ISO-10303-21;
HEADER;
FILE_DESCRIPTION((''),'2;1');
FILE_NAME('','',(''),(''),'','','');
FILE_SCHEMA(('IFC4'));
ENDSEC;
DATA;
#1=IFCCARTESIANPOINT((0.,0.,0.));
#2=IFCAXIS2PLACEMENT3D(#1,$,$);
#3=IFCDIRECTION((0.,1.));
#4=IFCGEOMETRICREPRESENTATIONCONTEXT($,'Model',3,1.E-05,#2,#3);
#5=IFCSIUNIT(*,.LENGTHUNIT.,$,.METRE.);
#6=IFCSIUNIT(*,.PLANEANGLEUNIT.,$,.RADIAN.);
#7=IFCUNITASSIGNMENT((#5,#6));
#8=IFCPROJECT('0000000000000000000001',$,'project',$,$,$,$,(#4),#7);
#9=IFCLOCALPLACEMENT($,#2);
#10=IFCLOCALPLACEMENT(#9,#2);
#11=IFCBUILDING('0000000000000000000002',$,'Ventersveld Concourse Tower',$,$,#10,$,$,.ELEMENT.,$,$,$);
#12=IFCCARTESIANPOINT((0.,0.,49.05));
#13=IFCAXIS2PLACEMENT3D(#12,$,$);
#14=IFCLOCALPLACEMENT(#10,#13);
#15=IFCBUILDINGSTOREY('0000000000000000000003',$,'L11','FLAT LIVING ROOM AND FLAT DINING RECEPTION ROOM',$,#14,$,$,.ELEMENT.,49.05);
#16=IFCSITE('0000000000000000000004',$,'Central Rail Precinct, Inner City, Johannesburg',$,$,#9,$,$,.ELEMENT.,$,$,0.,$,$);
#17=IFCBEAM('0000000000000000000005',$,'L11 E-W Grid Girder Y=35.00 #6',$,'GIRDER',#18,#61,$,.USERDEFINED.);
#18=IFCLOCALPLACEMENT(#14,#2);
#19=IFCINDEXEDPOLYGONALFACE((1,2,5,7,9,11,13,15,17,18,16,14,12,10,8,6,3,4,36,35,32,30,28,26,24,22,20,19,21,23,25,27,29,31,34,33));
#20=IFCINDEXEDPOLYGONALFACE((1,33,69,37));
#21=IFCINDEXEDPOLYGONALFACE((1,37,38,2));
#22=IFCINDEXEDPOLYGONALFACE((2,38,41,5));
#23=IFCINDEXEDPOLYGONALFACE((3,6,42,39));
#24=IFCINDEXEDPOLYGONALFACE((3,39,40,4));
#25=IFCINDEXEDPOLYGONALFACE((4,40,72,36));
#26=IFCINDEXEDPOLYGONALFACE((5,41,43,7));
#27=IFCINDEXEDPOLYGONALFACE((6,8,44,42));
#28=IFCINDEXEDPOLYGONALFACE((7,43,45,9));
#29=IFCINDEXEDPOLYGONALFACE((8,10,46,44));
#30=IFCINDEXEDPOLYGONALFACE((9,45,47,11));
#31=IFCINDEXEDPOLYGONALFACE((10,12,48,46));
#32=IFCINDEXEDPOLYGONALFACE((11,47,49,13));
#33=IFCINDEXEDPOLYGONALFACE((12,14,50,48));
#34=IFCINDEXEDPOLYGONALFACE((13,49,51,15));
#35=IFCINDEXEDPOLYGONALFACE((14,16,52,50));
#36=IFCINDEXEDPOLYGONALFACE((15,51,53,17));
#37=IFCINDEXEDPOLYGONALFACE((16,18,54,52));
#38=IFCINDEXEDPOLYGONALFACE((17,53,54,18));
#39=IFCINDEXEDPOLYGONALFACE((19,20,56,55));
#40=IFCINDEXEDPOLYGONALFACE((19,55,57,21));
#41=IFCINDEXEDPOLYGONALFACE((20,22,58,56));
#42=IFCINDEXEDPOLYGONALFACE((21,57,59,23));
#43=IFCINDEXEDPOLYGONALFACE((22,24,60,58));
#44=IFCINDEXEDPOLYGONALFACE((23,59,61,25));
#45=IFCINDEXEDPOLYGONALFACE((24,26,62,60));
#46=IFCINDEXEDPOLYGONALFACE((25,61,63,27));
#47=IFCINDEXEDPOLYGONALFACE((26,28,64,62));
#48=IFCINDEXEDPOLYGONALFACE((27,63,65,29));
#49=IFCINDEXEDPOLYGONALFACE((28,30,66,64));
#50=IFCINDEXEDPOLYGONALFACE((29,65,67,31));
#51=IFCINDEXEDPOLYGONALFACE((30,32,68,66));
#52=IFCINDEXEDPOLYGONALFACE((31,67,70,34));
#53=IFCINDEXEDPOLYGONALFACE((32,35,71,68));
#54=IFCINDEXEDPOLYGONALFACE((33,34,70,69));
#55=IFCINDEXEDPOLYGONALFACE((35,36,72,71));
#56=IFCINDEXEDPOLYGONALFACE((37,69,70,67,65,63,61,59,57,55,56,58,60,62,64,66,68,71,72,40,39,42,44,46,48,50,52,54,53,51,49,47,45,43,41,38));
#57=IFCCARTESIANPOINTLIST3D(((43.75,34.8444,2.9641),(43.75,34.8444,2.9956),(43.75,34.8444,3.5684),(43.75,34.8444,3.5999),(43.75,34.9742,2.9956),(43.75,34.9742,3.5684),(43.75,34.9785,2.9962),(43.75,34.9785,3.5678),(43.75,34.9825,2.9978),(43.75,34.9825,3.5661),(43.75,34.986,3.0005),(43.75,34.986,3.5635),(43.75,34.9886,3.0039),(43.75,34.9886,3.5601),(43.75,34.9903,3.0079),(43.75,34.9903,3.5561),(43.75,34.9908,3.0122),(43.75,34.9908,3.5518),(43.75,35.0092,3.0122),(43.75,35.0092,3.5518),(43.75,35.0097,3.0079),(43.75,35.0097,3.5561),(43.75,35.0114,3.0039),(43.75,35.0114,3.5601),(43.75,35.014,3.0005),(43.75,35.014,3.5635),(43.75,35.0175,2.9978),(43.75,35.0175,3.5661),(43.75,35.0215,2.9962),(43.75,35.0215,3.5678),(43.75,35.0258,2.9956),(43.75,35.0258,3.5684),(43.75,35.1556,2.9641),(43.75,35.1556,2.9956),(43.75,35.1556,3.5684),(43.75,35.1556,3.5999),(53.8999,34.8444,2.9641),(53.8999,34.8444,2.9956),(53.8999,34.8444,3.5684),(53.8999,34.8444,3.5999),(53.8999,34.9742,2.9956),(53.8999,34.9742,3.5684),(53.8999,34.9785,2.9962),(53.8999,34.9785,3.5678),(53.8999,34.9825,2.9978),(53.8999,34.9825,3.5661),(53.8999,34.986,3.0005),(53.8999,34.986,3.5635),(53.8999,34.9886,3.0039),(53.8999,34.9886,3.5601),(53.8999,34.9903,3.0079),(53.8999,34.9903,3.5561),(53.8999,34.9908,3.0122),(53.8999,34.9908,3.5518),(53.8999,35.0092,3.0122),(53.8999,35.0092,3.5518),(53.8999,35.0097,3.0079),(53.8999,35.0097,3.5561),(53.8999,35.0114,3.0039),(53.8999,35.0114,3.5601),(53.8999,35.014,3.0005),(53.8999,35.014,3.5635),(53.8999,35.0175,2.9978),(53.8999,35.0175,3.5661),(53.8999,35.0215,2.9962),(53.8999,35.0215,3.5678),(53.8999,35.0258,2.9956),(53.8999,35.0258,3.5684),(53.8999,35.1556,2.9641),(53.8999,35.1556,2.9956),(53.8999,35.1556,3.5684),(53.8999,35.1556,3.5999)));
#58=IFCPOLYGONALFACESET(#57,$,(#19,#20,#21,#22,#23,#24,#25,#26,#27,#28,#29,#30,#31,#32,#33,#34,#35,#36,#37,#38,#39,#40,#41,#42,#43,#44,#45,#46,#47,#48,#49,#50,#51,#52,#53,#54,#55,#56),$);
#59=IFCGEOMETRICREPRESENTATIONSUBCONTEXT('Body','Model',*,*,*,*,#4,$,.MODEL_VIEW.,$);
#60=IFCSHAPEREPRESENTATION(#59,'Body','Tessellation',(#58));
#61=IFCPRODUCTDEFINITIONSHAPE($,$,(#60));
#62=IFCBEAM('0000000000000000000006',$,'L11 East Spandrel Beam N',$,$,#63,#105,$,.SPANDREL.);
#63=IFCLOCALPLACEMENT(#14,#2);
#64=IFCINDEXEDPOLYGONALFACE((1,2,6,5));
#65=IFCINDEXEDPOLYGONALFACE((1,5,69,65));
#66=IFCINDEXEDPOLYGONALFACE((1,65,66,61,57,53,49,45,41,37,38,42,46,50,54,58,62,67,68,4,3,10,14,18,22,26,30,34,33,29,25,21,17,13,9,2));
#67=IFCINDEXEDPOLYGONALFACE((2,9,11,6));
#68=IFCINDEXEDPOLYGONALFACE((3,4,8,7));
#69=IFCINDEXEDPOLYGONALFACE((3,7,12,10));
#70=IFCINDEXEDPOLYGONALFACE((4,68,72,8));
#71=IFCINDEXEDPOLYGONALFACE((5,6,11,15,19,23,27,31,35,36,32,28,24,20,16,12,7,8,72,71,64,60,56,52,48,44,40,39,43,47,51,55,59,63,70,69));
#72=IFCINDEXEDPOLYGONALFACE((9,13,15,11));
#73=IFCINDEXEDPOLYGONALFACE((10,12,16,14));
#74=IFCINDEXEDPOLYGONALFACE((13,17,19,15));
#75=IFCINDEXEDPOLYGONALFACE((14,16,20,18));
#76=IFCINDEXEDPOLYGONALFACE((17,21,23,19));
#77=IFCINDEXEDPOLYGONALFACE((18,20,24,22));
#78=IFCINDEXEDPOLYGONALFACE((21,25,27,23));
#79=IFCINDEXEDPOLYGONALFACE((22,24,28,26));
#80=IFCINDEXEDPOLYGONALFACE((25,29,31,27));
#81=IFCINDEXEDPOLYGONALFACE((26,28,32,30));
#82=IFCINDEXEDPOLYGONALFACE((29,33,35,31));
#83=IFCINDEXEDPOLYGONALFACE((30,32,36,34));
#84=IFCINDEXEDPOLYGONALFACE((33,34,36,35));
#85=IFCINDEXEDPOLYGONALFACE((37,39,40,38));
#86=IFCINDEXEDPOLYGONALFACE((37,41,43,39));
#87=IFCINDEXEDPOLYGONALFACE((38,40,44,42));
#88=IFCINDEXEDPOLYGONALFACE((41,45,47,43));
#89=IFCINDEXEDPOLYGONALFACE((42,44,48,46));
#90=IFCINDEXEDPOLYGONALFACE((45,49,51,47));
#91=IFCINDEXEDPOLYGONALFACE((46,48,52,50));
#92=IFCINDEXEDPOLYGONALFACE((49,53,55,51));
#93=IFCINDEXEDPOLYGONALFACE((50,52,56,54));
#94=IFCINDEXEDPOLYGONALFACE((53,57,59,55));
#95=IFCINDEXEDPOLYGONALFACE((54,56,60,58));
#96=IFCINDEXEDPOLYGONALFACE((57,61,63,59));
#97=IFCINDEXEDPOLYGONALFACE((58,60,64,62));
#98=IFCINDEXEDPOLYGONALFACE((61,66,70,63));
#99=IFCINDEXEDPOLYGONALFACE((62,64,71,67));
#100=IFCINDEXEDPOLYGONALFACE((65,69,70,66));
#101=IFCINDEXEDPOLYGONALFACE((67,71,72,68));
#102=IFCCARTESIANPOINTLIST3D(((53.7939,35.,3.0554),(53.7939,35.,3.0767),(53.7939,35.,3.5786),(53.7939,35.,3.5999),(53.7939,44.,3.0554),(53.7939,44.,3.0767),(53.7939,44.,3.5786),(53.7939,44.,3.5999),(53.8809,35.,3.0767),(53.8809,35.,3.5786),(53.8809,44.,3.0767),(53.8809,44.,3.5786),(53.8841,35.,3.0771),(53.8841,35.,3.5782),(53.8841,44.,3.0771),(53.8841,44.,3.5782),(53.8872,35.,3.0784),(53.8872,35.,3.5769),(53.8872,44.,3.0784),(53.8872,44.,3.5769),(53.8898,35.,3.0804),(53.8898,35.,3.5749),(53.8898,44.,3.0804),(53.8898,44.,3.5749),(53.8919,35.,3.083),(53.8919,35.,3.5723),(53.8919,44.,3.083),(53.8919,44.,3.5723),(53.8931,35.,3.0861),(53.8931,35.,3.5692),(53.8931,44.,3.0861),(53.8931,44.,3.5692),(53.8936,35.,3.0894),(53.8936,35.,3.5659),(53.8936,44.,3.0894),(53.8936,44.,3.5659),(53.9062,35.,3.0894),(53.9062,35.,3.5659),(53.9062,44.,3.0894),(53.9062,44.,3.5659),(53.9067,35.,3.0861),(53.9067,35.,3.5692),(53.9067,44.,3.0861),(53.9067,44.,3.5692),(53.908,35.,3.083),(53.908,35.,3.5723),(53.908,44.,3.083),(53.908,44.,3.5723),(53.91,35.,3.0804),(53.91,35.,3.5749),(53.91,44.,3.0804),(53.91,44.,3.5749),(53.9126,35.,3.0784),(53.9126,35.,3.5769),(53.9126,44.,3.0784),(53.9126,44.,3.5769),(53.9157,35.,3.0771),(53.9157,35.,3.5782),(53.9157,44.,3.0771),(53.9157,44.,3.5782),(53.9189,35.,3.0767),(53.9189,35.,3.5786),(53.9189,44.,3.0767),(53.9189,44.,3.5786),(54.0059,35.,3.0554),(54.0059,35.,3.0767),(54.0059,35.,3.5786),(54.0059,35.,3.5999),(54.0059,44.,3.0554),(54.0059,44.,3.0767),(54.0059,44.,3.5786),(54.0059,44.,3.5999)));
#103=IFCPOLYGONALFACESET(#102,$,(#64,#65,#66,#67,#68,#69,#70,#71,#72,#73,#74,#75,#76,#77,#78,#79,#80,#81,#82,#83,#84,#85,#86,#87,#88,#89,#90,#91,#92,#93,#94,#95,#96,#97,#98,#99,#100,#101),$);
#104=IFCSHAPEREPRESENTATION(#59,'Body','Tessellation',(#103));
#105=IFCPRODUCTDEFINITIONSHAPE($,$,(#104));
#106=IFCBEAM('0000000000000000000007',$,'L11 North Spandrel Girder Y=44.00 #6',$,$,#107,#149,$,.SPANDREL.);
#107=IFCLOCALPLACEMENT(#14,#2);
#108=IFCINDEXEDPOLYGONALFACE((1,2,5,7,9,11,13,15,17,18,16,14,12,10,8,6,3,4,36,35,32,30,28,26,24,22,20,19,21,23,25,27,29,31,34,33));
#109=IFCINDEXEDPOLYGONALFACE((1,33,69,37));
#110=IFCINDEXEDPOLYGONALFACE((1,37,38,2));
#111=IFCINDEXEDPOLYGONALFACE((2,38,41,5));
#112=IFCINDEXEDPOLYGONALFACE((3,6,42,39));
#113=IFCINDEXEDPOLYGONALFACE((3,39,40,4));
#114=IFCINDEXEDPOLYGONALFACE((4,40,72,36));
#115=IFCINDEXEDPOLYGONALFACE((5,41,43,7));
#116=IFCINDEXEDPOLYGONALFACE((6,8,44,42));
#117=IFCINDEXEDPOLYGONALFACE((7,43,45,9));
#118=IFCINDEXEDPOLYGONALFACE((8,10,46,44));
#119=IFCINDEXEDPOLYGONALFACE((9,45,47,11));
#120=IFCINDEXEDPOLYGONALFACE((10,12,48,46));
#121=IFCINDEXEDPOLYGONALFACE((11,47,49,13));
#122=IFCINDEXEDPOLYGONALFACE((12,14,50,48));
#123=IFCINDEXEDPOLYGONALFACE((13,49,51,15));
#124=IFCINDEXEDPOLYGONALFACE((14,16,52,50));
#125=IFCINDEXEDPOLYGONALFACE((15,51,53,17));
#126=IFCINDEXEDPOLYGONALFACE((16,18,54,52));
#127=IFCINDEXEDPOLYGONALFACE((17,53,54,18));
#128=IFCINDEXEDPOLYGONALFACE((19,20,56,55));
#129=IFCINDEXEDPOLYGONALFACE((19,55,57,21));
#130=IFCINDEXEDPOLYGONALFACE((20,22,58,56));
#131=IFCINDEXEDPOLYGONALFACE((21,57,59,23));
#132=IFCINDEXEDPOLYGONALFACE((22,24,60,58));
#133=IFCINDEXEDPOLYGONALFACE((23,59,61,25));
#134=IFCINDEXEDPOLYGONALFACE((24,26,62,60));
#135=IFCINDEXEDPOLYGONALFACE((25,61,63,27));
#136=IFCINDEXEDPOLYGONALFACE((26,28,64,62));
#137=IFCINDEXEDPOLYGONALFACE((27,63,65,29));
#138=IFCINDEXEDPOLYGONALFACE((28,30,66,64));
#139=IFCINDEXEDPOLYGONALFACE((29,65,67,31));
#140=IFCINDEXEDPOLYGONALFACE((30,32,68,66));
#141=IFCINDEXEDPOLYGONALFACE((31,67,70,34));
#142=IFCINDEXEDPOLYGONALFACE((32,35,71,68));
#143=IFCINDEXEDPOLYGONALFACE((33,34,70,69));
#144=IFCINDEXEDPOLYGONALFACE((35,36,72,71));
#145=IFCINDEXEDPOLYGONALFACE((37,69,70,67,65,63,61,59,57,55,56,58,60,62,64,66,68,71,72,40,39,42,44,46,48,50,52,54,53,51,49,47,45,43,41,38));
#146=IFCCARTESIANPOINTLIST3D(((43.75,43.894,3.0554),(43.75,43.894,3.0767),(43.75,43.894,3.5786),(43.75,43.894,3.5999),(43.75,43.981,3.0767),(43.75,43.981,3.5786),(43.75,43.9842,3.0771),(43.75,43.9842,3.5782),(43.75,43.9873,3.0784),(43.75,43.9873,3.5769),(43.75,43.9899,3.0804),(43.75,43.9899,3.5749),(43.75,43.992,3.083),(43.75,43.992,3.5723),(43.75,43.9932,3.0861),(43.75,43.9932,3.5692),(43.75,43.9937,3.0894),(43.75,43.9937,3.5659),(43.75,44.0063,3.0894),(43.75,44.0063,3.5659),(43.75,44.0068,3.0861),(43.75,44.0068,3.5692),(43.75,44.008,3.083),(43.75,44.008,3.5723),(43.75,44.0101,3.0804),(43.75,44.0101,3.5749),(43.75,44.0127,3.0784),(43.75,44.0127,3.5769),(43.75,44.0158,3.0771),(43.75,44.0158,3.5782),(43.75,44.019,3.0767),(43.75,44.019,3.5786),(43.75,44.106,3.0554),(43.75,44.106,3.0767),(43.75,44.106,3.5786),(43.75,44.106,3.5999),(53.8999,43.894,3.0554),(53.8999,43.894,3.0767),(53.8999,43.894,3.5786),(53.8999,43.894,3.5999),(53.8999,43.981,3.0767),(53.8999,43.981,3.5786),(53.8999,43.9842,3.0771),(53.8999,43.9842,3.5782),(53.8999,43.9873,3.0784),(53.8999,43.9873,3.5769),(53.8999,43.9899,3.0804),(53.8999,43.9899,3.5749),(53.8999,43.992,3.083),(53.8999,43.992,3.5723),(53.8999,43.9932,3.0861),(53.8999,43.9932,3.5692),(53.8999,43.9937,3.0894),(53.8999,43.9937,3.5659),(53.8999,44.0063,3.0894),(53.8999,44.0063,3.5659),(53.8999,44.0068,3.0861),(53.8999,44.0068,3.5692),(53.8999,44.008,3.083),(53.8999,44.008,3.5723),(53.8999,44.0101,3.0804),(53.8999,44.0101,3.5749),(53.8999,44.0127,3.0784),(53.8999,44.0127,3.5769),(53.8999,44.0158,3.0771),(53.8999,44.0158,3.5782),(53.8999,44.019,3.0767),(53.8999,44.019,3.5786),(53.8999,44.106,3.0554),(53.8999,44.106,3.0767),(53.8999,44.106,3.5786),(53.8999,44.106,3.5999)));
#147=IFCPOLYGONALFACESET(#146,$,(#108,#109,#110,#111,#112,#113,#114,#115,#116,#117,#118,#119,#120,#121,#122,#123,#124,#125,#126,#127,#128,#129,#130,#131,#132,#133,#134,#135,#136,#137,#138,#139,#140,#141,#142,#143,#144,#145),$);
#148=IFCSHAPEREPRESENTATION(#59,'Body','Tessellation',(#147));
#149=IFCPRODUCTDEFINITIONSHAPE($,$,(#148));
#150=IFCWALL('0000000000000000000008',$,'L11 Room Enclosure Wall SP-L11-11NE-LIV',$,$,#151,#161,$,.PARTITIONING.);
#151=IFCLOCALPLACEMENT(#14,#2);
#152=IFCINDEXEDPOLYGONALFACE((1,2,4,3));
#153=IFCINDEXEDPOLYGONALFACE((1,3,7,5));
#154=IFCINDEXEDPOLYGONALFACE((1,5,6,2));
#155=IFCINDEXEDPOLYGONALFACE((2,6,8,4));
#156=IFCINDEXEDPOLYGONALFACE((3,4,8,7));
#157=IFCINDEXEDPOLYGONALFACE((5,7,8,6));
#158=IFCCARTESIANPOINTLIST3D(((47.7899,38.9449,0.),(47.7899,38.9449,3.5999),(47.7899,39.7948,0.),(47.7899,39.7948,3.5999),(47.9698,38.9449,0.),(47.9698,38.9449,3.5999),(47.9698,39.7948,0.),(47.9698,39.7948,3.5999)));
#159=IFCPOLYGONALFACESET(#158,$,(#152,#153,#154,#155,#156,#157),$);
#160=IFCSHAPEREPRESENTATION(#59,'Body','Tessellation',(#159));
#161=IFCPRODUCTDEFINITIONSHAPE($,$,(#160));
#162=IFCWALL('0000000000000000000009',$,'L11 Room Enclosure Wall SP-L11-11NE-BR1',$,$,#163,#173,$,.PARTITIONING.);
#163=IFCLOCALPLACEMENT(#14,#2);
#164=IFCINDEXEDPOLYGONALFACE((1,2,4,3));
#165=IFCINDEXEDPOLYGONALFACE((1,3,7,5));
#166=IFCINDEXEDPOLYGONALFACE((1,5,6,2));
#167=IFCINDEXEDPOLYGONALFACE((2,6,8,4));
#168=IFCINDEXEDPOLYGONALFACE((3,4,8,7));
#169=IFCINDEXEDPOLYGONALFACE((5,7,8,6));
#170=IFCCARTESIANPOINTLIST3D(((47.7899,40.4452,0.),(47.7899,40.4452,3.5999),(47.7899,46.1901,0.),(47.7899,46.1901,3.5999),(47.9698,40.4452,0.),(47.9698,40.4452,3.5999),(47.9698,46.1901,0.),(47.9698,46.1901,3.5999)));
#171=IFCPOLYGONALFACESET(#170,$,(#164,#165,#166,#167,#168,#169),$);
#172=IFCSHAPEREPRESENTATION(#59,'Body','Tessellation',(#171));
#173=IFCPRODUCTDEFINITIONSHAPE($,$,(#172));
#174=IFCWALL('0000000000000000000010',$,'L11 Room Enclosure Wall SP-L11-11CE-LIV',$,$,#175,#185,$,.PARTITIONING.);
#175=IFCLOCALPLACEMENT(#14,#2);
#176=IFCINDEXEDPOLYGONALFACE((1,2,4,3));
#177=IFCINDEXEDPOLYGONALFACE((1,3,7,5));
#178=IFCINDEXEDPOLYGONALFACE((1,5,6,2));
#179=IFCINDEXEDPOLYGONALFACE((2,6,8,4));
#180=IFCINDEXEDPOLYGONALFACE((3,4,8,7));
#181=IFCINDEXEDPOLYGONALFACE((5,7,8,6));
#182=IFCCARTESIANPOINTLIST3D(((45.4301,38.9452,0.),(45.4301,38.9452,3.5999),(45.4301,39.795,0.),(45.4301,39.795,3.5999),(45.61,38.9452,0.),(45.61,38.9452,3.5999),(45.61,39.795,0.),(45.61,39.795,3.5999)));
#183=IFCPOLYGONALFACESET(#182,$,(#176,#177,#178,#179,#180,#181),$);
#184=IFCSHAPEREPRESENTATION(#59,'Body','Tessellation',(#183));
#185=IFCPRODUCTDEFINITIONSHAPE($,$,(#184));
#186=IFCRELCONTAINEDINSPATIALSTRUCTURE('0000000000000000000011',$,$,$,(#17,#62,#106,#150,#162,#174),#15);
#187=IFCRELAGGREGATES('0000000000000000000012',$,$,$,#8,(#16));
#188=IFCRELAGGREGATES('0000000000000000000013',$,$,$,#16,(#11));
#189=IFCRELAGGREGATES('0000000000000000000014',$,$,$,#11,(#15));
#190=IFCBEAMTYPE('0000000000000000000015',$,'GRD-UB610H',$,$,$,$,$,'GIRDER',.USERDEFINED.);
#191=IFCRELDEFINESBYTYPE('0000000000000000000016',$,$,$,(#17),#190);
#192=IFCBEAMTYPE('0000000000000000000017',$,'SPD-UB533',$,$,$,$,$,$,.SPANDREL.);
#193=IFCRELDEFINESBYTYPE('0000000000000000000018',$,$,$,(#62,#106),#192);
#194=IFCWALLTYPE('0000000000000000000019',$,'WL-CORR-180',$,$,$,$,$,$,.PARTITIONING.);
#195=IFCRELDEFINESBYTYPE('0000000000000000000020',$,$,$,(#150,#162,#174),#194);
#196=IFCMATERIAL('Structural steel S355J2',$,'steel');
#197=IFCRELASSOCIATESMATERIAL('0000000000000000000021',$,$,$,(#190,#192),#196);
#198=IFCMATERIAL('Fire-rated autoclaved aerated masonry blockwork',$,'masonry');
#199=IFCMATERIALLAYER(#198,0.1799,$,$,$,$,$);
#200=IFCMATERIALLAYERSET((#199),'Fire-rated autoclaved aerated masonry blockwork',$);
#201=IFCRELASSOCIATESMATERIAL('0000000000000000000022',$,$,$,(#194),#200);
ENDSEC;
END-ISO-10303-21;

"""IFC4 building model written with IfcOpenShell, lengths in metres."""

from ifc_helpers import new_model, si_unit, direction, frame, frame_2d, origin, origin_2d, place, context, subcontext, project, spatial, rectangle, i_section, extrude, material, layer, layer_set, material_profile, profile_set, type_object, element, save


model = new_model("IFC4")

# Units and contexts
model_context = context("Model", 3, precision=1e-05, world=origin(), true_north=direction((0.0, 1.0)))
body_context = subcontext(model_context, "Body", "Model", "MODEL_VIEW")
ifc_project = project(units=[si_unit("LENGTHUNIT", "METRE"), si_unit("PLANEANGLEUNIT", "RADIAN")], contexts=[model_context])

# Site, building, storey
site_placement = place(None, origin())
site = spatial("IfcSite", under=ifc_project, at=site_placement, Name="Central Rail Precinct, Inner City, Johannesburg", CompositionType="ELEMENT", RefElevation=0.0)
building_placement = place(site_placement, origin())
building = spatial("IfcBuilding", under=site, at=building_placement, Name="Ventersveld Concourse Tower", CompositionType="ELEMENT")
storey_placement = place(building_placement, frame((0.0, 0.0, 49.05)))
storey = spatial("IfcBuildingStorey", under=building, at=storey_placement, Name="L11", Description="FLAT LIVING ROOM AND FLAT DINING RECEPTION ROOM", CompositionType="ELEMENT", Elevation=49.05)

# Beams
ifc_material_1 = material(Name="Structural steel S355J2", Category="steel")
ifc_material_profile_1 = material_profile(ifc_material_1, i_section(OverallWidth=0.3113, OverallDepth=0.6357, WebThickness=0.0183, FlangeThickness=0.0315, FilletRadius=0.0166, at=origin_2d()), Name="UB 610x305x238")
ifc_profile_set_1 = profile_set([ifc_material_profile_1], Name="Structural steel S355J2")
beam_type_1 = type_object("IfcBeamType", Name="GRD-UB610H", ElementType="GIRDER", PredefinedType="USERDEFINED", material=ifc_profile_set_1)
beam_1_placement = place(storey_placement, frame((43.75, 35.0, 3.282), z_axis=(1.0, 0.0, 0.0), x_axis=(0.0, 1.0, 0.0)))
element("IfcBeam", 1, at=beam_1_placement, inside=storey, type_object=beam_type_1, Name="L11 E-W Grid Girder Y=35.00 #6", ObjectType="GIRDER", PredefinedType="USERDEFINED", context=body_context, shape_type="SweptSolid", body=[
    extrude(i_section(OverallWidth=0.3113, OverallDepth=0.6357, WebThickness=0.0183, FlangeThickness=0.0315, FilletRadius=0.0166, at=origin_2d()), origin(), (0.0, 0.0, 1.0), 10.1499),
])
ifc_material_profile_2 = material_profile(ifc_material_1, i_section(OverallWidth=0.2119, OverallDepth=0.5444, WebThickness=0.0127, FlangeThickness=0.0212, FilletRadius=0.0127, at=origin_2d()), Name="UB 533x210x122")
ifc_profile_set_2 = profile_set([ifc_material_profile_2], Name="Structural steel S355J2")
beam_type_2 = type_object("IfcBeamType", Name="SPD-UB533", PredefinedType="SPANDREL", material=ifc_profile_set_2)
beam_2_placement = place(storey_placement, frame((53.8999, 35.0, 3.3276), z_axis=(0.0, 1.0, 0.0), x_axis=(-1.0, 0.0, 0.0)))
element("IfcBeam", 2, at=beam_2_placement, inside=storey, type_object=beam_type_2, Name="L11 East Spandrel Beam N", PredefinedType="SPANDREL", context=body_context, shape_type="SweptSolid", body=[
    extrude(i_section(OverallWidth=0.2119, OverallDepth=0.5444, WebThickness=0.0127, FlangeThickness=0.0212, FilletRadius=0.0127, at=origin_2d()), origin(), (0.0, 0.0, 1.0), 9.0),
])
beam_3_placement = place(storey_placement, frame((43.75, 44.0, 3.3276), z_axis=(1.0, 0.0, 0.0), x_axis=(0.0, 1.0, 0.0)))
element("IfcBeam", 3, at=beam_3_placement, inside=storey, type_object=beam_type_2, Name="L11 North Spandrel Girder Y=44.00 #6", PredefinedType="SPANDREL", context=body_context, shape_type="SweptSolid", body=[
    extrude(i_section(OverallWidth=0.2119, OverallDepth=0.5444, WebThickness=0.0127, FlangeThickness=0.0212, FilletRadius=0.0127, at=origin_2d()), origin(), (0.0, 0.0, 1.0), 10.1499),
])

# Walls
ifc_material_2 = material(Name="Fire-rated autoclaved aerated masonry blockwork", Category="masonry")
ifc_layer_1 = layer(ifc_material_2, 0.1799)
ifc_layer_set_1 = layer_set([ifc_layer_1], Name="Fire-rated autoclaved aerated masonry blockwork")
wall_type_1 = type_object("IfcWallType", Name="WL-CORR-180", PredefinedType="PARTITIONING", material=ifc_layer_set_1)
wall_1_placement = place(storey_placement, frame((47.8799, 38.9451, 0.0), z_axis=(0.0, 0.0, 1.0), x_axis=(0.0, 1.0, 0.0)))
element("IfcWall", 4, at=wall_1_placement, inside=storey, type_object=wall_type_1, Name="L11 Room Enclosure Wall SP-L11-11NE-LIV", PredefinedType="PARTITIONING", context=body_context, shape_type="SweptSolid", body=[
    extrude(rectangle(XDim=0.8499, YDim=0.1799, at=frame_2d((0.4248, 0.0))), origin(), (0.0, 0.0, 1.0), 3.5999),
])
wall_2_placement = place(storey_placement, frame((47.8799, 40.4451, 0.0), z_axis=(0.0, 0.0, 1.0), x_axis=(0.0, 1.0, 0.0)))
element("IfcWall", 5, at=wall_2_placement, inside=storey, type_object=wall_type_1, Name="L11 Room Enclosure Wall SP-L11-11NE-BR1", PredefinedType="PARTITIONING", context=body_context, shape_type="SweptSolid", body=[
    extrude(rectangle(XDim=5.7449, YDim=0.1799, at=frame_2d((2.8726, 0.0))), origin(), (0.0, 0.0, 1.0), 3.5999),
])
wall_3_placement = place(storey_placement, frame((45.52, 39.7949, 0.0), z_axis=(0.0, 0.0, 1.0), x_axis=(0.0, -1.0, 0.0)))
element("IfcWall", 6, at=wall_3_placement, inside=storey, type_object=wall_type_1, Name="L11 Room Enclosure Wall SP-L11-11CE-LIV", PredefinedType="PARTITIONING", context=body_context, shape_type="SweptSolid", body=[
    extrude(rectangle(XDim=0.8499, YDim=0.1799, at=frame_2d((0.4248, 0.0))), origin(), (0.0, 0.0, 1.0), 3.5999),
])

save(model, "model.ifc")
